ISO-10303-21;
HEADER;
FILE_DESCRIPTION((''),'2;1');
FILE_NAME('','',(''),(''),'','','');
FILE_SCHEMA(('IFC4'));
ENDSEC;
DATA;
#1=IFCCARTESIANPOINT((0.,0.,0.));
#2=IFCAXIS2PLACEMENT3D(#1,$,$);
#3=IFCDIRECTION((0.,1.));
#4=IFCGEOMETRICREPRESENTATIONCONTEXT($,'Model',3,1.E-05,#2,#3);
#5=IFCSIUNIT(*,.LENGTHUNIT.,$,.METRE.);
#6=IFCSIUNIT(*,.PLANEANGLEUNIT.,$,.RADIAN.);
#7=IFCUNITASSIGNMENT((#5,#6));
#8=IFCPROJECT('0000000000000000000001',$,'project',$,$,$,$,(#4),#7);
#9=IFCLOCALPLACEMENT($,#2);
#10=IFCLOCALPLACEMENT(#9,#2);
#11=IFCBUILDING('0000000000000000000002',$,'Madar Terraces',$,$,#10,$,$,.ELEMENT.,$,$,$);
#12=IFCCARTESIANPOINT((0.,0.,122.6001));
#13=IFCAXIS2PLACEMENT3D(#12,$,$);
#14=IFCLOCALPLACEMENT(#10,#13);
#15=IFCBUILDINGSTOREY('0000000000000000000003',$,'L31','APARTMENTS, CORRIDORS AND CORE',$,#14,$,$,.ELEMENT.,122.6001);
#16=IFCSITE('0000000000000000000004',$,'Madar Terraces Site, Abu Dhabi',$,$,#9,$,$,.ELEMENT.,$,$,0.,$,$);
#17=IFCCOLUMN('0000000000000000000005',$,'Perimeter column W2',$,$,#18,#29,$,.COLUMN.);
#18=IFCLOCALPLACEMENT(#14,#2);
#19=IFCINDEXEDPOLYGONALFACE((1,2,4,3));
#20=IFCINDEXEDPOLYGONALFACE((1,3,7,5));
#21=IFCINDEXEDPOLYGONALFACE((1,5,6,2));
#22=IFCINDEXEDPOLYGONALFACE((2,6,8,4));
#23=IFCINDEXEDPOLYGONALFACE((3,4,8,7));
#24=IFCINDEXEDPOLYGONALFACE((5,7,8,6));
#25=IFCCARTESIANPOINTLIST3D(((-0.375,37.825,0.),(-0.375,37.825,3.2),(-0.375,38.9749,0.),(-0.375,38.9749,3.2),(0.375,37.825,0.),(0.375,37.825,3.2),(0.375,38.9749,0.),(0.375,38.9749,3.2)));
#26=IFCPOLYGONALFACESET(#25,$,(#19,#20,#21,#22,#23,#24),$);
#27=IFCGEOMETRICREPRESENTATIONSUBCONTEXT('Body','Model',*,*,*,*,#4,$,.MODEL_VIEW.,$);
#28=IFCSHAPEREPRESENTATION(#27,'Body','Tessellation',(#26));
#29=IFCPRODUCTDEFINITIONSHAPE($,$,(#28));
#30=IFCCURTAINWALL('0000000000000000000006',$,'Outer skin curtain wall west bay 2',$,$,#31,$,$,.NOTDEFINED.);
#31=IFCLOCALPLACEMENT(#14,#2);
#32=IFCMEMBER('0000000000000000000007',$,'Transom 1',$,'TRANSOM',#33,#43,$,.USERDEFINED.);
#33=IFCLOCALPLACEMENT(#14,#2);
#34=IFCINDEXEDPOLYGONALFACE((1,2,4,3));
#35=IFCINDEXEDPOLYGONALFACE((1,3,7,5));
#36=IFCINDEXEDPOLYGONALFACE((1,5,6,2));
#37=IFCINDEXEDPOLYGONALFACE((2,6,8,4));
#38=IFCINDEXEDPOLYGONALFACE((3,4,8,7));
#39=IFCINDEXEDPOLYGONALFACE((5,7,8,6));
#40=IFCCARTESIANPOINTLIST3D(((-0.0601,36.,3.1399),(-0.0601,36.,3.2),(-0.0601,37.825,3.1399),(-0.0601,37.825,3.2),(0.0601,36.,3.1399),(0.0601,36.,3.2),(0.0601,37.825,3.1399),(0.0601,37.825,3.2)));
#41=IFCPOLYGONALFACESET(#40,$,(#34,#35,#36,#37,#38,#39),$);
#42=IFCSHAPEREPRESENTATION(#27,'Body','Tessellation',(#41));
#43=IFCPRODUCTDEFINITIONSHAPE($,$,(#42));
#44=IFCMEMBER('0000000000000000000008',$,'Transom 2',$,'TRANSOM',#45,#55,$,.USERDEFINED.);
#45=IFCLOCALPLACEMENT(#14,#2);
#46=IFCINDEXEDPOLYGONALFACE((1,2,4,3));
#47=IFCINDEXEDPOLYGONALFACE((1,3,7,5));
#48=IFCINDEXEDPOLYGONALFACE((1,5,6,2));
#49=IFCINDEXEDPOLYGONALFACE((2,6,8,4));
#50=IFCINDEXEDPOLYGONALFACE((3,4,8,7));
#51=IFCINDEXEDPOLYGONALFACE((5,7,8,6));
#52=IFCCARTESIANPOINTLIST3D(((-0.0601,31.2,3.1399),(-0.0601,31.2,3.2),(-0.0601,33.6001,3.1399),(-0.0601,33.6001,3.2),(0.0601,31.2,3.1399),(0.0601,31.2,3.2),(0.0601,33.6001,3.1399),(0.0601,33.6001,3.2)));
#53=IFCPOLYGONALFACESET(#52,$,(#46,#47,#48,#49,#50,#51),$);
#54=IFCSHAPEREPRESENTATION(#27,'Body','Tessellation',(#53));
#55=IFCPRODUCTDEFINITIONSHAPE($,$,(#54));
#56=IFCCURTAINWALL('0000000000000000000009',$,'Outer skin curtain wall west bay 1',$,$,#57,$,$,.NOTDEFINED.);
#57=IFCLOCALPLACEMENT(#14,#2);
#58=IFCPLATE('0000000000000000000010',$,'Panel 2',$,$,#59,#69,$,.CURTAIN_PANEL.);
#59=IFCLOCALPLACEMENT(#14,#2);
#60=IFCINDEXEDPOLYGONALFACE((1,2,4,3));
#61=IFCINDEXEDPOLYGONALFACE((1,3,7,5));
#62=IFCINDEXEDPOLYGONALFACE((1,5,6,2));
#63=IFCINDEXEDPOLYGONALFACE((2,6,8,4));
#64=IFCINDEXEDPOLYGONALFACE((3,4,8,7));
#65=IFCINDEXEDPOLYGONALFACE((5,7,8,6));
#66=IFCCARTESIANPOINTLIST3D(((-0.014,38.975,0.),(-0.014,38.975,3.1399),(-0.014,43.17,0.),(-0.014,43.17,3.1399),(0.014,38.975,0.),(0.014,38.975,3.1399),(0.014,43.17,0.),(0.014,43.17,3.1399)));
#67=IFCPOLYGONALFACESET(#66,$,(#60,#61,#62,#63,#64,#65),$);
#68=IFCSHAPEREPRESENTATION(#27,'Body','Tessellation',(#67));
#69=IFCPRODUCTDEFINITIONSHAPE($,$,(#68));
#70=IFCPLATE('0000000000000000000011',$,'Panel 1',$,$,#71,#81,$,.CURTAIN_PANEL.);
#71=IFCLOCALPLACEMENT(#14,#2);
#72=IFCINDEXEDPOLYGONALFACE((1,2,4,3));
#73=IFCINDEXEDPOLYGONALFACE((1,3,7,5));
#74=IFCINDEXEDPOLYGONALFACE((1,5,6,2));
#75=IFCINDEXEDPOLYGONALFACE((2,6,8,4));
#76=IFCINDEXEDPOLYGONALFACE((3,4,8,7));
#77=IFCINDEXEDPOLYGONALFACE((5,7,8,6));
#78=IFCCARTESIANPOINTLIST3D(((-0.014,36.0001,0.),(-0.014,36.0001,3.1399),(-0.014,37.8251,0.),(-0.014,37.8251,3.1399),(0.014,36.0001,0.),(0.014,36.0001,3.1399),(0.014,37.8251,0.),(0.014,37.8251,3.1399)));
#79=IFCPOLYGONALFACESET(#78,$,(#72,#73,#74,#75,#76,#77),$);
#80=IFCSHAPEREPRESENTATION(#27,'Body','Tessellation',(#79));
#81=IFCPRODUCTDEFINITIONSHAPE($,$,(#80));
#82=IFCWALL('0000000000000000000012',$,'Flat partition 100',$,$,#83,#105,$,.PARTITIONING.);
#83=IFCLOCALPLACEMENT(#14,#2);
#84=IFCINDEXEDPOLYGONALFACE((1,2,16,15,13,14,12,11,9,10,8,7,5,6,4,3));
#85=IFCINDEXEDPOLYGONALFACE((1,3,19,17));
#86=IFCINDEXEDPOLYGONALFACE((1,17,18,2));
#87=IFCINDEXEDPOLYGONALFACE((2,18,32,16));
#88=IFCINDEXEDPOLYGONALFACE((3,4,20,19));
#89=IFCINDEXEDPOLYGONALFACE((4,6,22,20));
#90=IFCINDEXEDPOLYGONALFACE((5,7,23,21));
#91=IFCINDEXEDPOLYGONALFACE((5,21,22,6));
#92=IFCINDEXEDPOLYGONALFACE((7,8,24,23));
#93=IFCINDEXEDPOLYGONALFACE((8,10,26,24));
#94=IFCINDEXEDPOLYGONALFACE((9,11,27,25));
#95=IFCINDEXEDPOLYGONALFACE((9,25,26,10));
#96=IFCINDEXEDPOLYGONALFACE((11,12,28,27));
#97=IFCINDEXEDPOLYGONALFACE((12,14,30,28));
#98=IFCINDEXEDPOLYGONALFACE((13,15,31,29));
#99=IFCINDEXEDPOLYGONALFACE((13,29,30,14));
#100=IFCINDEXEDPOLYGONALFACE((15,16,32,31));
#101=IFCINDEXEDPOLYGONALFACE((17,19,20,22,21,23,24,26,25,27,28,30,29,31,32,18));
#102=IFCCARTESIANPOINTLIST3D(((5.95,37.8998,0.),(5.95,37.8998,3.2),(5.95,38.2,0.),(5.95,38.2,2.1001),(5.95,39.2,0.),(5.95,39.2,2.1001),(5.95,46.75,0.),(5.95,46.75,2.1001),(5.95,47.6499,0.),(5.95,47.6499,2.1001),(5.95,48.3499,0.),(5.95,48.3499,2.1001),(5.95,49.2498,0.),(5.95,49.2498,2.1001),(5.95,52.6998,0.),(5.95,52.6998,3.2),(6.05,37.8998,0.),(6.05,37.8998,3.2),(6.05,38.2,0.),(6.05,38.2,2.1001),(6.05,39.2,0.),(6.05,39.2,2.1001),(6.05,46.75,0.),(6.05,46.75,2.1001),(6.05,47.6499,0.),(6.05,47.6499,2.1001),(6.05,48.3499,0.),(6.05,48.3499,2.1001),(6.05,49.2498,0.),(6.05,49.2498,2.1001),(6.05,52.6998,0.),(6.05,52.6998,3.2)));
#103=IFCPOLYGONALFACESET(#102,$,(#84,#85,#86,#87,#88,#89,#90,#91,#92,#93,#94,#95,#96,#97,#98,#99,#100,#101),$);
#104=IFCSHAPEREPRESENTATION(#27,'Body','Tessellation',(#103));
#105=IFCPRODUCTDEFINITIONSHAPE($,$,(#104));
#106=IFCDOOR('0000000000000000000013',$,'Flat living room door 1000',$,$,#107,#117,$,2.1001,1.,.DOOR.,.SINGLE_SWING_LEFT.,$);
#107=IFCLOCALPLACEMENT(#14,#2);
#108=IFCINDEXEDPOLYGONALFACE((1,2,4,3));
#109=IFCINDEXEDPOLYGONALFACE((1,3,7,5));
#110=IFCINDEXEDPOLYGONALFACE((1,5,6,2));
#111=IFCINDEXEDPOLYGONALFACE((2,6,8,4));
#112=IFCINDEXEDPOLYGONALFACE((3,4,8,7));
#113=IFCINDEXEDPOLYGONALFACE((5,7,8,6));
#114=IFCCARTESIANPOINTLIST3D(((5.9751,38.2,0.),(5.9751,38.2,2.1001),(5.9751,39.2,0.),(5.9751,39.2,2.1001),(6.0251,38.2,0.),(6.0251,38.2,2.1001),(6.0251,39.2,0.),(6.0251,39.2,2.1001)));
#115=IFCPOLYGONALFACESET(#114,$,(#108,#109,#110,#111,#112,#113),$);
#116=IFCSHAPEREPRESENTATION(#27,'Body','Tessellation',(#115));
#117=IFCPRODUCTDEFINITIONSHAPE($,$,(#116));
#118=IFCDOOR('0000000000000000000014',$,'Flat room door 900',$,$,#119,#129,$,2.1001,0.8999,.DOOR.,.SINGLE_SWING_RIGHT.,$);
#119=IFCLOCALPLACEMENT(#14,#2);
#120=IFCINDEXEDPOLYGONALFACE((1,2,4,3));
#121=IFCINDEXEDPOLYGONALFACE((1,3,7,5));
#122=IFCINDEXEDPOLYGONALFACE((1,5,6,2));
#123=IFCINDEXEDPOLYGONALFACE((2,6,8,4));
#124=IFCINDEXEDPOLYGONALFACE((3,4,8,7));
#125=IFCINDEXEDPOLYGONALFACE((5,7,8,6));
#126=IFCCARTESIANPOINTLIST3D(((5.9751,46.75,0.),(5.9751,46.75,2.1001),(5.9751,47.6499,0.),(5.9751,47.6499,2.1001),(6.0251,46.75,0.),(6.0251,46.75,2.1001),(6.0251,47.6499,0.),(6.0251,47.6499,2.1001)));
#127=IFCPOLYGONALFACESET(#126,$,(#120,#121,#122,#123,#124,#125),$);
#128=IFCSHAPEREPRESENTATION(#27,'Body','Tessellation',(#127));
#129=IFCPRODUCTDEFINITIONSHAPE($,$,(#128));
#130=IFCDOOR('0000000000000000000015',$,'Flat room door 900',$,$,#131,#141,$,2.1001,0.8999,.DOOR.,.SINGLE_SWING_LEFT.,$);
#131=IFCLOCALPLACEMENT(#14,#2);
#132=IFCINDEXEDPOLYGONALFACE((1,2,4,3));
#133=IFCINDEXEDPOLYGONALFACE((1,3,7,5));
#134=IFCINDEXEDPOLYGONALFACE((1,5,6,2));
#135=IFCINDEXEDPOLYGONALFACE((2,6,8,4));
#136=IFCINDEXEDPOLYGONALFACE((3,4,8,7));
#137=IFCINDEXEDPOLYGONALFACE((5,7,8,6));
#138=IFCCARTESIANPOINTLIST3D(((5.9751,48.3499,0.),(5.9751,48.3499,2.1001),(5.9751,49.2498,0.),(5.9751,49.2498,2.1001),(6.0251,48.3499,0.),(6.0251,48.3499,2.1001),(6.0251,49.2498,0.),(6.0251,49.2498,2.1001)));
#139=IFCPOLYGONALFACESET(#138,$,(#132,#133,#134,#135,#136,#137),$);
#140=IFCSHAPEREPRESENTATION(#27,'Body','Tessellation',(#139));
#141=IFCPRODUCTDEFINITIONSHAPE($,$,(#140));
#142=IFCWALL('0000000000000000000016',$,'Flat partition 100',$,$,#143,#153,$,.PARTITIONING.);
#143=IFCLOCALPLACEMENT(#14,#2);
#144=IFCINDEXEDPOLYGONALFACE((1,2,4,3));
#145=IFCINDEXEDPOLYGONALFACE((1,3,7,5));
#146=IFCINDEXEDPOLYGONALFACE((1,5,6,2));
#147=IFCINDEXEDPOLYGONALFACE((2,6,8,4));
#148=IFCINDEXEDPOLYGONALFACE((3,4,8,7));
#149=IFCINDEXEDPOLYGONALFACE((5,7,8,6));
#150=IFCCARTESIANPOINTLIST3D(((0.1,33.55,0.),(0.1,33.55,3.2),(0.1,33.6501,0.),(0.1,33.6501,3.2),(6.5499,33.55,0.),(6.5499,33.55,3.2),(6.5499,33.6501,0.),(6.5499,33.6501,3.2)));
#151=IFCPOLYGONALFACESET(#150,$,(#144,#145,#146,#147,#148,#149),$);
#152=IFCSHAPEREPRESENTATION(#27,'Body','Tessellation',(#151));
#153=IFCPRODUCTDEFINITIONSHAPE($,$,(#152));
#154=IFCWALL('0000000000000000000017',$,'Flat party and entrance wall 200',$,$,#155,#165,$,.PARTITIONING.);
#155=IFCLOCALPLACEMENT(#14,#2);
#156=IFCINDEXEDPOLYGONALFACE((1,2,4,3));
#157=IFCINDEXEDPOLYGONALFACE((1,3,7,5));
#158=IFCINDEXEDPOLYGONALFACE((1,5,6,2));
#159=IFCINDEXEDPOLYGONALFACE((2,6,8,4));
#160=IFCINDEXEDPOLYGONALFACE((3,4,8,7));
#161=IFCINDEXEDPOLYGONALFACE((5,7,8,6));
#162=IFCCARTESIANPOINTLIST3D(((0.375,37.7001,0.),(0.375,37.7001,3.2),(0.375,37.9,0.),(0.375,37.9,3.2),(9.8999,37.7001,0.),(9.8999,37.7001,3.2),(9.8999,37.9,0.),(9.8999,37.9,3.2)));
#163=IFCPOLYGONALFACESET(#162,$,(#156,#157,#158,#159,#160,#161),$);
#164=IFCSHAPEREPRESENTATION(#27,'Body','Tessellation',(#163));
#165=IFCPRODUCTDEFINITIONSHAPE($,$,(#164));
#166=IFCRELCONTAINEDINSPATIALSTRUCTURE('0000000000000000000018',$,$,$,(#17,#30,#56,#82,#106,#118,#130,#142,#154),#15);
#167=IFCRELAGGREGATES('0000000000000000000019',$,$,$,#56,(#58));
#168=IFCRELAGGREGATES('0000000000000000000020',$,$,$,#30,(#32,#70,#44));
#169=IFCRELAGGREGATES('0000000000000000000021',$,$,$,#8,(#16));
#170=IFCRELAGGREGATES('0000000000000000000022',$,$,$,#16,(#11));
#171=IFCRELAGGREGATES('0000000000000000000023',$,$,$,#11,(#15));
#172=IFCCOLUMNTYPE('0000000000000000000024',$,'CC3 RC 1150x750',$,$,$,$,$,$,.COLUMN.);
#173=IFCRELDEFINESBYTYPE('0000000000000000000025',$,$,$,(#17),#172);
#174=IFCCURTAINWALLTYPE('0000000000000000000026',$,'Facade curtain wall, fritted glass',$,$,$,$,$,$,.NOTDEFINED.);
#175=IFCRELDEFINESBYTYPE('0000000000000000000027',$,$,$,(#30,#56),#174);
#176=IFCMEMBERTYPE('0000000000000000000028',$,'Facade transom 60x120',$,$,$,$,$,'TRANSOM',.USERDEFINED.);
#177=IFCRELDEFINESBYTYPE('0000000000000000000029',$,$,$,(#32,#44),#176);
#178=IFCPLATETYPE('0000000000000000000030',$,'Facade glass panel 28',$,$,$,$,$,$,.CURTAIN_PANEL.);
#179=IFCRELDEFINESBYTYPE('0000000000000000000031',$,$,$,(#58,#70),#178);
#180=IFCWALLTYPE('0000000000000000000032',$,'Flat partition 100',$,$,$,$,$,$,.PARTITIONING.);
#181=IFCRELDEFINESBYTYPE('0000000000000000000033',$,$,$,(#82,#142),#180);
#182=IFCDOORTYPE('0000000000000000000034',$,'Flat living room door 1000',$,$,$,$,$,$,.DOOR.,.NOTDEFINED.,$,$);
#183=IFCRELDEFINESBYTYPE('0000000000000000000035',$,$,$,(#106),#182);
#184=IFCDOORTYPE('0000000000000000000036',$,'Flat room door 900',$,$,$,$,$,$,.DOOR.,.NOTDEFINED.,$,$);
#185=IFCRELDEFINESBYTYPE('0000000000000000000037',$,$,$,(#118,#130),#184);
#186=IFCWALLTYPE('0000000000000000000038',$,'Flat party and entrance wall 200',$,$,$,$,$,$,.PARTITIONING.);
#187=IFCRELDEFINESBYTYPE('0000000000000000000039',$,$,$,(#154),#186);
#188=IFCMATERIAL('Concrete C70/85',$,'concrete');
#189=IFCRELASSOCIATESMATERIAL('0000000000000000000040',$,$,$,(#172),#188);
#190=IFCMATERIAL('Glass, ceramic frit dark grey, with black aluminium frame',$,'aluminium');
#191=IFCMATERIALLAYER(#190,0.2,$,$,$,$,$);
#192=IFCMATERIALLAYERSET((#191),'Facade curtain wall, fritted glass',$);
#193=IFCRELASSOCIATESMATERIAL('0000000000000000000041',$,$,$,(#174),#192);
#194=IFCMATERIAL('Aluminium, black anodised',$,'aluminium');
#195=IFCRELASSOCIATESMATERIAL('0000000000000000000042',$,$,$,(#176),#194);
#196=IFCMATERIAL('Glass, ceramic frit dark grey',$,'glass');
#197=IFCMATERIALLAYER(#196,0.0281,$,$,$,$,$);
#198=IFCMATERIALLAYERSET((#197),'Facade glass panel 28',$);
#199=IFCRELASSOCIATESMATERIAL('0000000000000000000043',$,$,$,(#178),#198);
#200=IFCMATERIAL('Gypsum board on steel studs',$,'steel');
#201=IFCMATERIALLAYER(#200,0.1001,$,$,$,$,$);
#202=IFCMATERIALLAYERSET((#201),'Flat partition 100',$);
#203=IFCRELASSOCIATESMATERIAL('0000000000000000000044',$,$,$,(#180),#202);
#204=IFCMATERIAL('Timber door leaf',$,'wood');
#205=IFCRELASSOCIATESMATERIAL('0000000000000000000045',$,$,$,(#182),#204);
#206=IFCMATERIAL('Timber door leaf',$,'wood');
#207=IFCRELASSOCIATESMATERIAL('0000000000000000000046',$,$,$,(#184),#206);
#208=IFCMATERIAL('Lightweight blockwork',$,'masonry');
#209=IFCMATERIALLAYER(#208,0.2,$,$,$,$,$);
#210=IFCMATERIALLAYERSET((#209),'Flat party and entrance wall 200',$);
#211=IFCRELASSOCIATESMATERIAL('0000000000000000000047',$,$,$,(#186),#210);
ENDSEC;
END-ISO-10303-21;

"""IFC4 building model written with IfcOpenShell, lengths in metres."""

from ifc_helpers import new_model, si_unit, direction, frame, frame_2d, origin, origin_2d, place, context, subcontext, project, spatial, rectangle, extrude, material, layer, layer_set, material_profile, profile_set, type_object, element, fill, aggregate, save


model = new_model("IFC4")

# Units and contexts
model_context = context("Model", 3, precision=1e-05, world=origin(), true_north=direction((0.0, 1.0)))
body_context = subcontext(model_context, "Body", "Model", "MODEL_VIEW")
ifc_project = project(units=[si_unit("LENGTHUNIT", "METRE"), si_unit("PLANEANGLEUNIT", "RADIAN")], contexts=[model_context])

# Site, building, storey
site_placement = place(None, origin())
site = spatial("IfcSite", under=ifc_project, at=site_placement, Name="Madar Terraces Site, Abu Dhabi", CompositionType="ELEMENT", RefElevation=0.0)
building_placement = place(site_placement, origin())
building = spatial("IfcBuilding", under=site, at=building_placement, Name="Madar Terraces", CompositionType="ELEMENT")
storey_placement = place(building_placement, frame((0.0, 0.0, 122.6001)))
storey = spatial("IfcBuildingStorey", under=building, at=storey_placement, Name="L31", Description="APARTMENTS, CORRIDORS AND CORE", CompositionType="ELEMENT", Elevation=122.6001)

# Column
ifc_material_1 = material(Name="Concrete C70/85", Category="concrete")
ifc_material_profile_1 = material_profile(ifc_material_1, rectangle(XDim=1.1499, YDim=0.75, at=origin_2d()), Name="CC3 RC 1150x750")
ifc_profile_set_1 = profile_set([ifc_material_profile_1], Name="Concrete C70/85")
column_type = type_object("IfcColumnType", Name="CC3 RC 1150x750", PredefinedType="COLUMN", material=ifc_profile_set_1)
column_placement = place(storey_placement, frame((0.0, 38.3999, 0.0), z_axis=(0.0, 0.0, 1.0), x_axis=(0.0, 1.0, 0.0)))
element("IfcColumn", 1, at=column_placement, inside=storey, type_object=column_type, Name="Perimeter column W2", PredefinedType="COLUMN", context=body_context, shape_type="SweptSolid", body=[
    extrude(rectangle(XDim=1.1499, YDim=0.75, at=origin_2d()), origin(), (0.0, 0.0, 1.0), 3.2),
])

# Curtain wall, members
ifc_material_2 = material(Name="Glass, ceramic frit dark grey, with black aluminium frame", Category="aluminium")
ifc_layer_1 = layer(ifc_material_2, 0.2)
ifc_layer_set_1 = layer_set([ifc_layer_1], Name="Facade curtain wall, fritted glass")
curtain_wall_type = type_object("IfcCurtainWallType", Name="Facade curtain wall, fritted glass", PredefinedType="NOTDEFINED", material=ifc_layer_set_1)
curtain_wall_1_placement = place(storey_placement, origin())
curtain_wall_1 = element("IfcCurtainWall", 2, at=curtain_wall_1_placement, inside=storey, type_object=curtain_wall_type, Name="Outer skin curtain wall west bay 2", PredefinedType="NOTDEFINED")
ifc_material_3 = material(Name="Aluminium, black anodised", Category="aluminium")
ifc_material_profile_2 = material_profile(ifc_material_3, rectangle(XDim=0.1201, YDim=0.0601, at=origin_2d()), Name="Facade transom 60x120")
ifc_profile_set_2 = profile_set([ifc_material_profile_2], Name="Aluminium, black anodised")
member_type = type_object("IfcMemberType", Name="Facade transom 60x120", ElementType="TRANSOM", PredefinedType="USERDEFINED", material=ifc_profile_set_2)
member_1_placement = place(storey_placement, frame((0.0, 37.825, 3.1699), z_axis=(0.0, -1.0, 0.0), x_axis=(1.0, 0.0, 0.0)))
member_1 = element("IfcMember", 3, at=member_1_placement, type_object=member_type, Name="Transom 1", ObjectType="TRANSOM", PredefinedType="USERDEFINED", context=body_context, shape_type="SweptSolid", body=[
    extrude(rectangle(XDim=0.1201, YDim=0.0601, at=origin_2d()), origin(), (0.0, 0.0, 1.0), 1.825),
])
member_2_placement = place(storey_placement, frame((0.0, 33.6001, 3.1699), z_axis=(0.0, -1.0, 0.0), x_axis=(1.0, 0.0, 0.0)))
member_2 = element("IfcMember", 4, at=member_2_placement, type_object=member_type, Name="Transom 2", ObjectType="TRANSOM", PredefinedType="USERDEFINED", context=body_context, shape_type="SweptSolid", body=[
    extrude(rectangle(XDim=0.1201, YDim=0.0601, at=origin_2d()), origin(), (0.0, 0.0, 1.0), 2.4001),
])

# Curtain wall, plate
curtain_wall_2_placement = place(storey_placement, origin())
curtain_wall_2 = element("IfcCurtainWall", 5, at=curtain_wall_2_placement, inside=storey, type_object=curtain_wall_type, Name="Outer skin curtain wall west bay 1", PredefinedType="NOTDEFINED")
ifc_material_4 = material(Name="Glass, ceramic frit dark grey", Category="glass")
ifc_layer_2 = layer(ifc_material_4, 0.0281)
ifc_layer_set_2 = layer_set([ifc_layer_2], Name="Facade glass panel 28")
plate_type = type_object("IfcPlateType", Name="Facade glass panel 28", PredefinedType="CURTAIN_PANEL", material=ifc_layer_set_2)
plate_1_placement = place(storey_placement, frame((0.0, 41.0725, 0.0), z_axis=(0.0, 0.0, 1.0), x_axis=(0.0, -1.0, 0.0)))
plate_1 = element("IfcPlate", 6, at=plate_1_placement, type_object=plate_type, Name="Panel 2", PredefinedType="CURTAIN_PANEL", context=body_context, shape_type="SweptSolid", body=[
    extrude(rectangle(XDim=4.1951, YDim=0.0281, at=origin_2d()), origin(), (0.0, 0.0, 1.0), 3.1399),
])
aggregate(curtain_wall_2, [plate_1])

# Plate
plate_2_placement = place(storey_placement, frame((0.0, 36.9126, 0.0), z_axis=(0.0, 0.0, 1.0), x_axis=(0.0, -1.0, 0.0)))
plate_2 = element("IfcPlate", 7, at=plate_2_placement, type_object=plate_type, Name="Panel 1", PredefinedType="CURTAIN_PANEL", context=body_context, shape_type="SweptSolid", body=[
    extrude(rectangle(XDim=1.825, YDim=0.0281, at=origin_2d()), origin(), (0.0, 0.0, 1.0), 3.1399),
])
aggregate(curtain_wall_1, [member_1, plate_2, member_2])

# Wall, openings, doors
ifc_material_5 = material(Name="Gypsum board on steel studs", Category="steel")
ifc_layer_3 = layer(ifc_material_5, 0.1001)
ifc_layer_set_3 = layer_set([ifc_layer_3], Name="Flat partition 100")
wall_type_1 = type_object("IfcWallType", Name="Flat partition 100", PredefinedType="PARTITIONING", material=ifc_layer_set_3)
wall_1_placement = place(storey_placement, frame((6.0, 37.8999, 0.0), z_axis=(0.0, 0.0, 1.0), x_axis=(0.0, 1.0, 0.0)))
wall_1 = element("IfcWall", 8, at=wall_1_placement, inside=storey, type_object=wall_type_1, Name="Flat partition 100", PredefinedType="PARTITIONING", context=body_context, shape_type="SweptSolid", body=[
    extrude(rectangle(XDim=14.8, YDim=0.1001, at=frame_2d((7.3999, 0.0))), origin(), (0.0, 0.0, 1.0), 3.2),
])
opening_1_placement = place(wall_1_placement, frame((0.3, 0.0, 0.0)))
opening_1 = element("IfcOpeningElement", 9, at=opening_1_placement, cuts=wall_1, PredefinedType="OPENING", context=body_context, shape_type="SweptSolid", body=[
    extrude(rectangle(XDim=1.0, YDim=2.1001, at=frame_2d((0.5, 1.05))), frame((0.0, 0.0601, 0.0), z_axis=(0.0, -1.0, 0.0), x_axis=(1.0, 0.0, 0.0)), (0.0, 0.0, 1.0), 0.1201),
])
opening_2_placement = place(wall_1_placement, frame((8.8501, 0.0, 0.0)))
opening_2 = element("IfcOpeningElement", 10, at=opening_2_placement, cuts=wall_1, PredefinedType="OPENING", context=body_context, shape_type="SweptSolid", body=[
    extrude(rectangle(XDim=0.8999, YDim=2.1001, at=frame_2d((0.45, 1.05))), frame((0.0, 0.0601, 0.0), z_axis=(0.0, -1.0, 0.0), x_axis=(1.0, 0.0, 0.0)), (0.0, 0.0, 1.0), 0.1201),
])
opening_3_placement = place(wall_1_placement, frame((10.45, 0.0, 0.0)))
opening_3 = element("IfcOpeningElement", 11, at=opening_3_placement, cuts=wall_1, PredefinedType="OPENING", context=body_context, shape_type="SweptSolid", body=[
    extrude(rectangle(XDim=0.8999, YDim=2.1001, at=frame_2d((0.45, 1.05))), frame((0.0, 0.0601, 0.0), z_axis=(0.0, -1.0, 0.0), x_axis=(1.0, 0.0, 0.0)), (0.0, 0.0, 1.0), 0.1201),
])
ifc_material_6 = material(Name="Timber door leaf", Category="wood")
door_type_1 = type_object("IfcDoorType", Name="Flat living room door 1000", OperationType="NOTDEFINED", PredefinedType="DOOR", material=ifc_material_6)
door_1_placement = place(opening_1_placement, origin())
door_1 = element("IfcDoor", 12, at=door_1_placement, inside=storey, type_object=door_type_1, Name="Flat living room door 1000", OperationType="SINGLE_SWING_LEFT", OverallHeight=2.1001, OverallWidth=1.0, PredefinedType="DOOR", context=body_context, shape_type="SweptSolid", body=[
    extrude(rectangle(XDim=1.0, YDim=2.1001, at=frame_2d((0.5, 1.05))), frame((0.0, 0.0249, 0.0), z_axis=(0.0, -1.0, 0.0), x_axis=(1.0, 0.0, 0.0)), (0.0, 0.0, 1.0), 0.05),
])
fill(opening_1, door_1)
ifc_material_7 = material(Name="Timber door leaf", Category="wood")
door_type_2 = type_object("IfcDoorType", Name="Flat room door 900", OperationType="NOTDEFINED", PredefinedType="DOOR", material=ifc_material_7)
door_2_placement = place(opening_2_placement, origin())
door_2 = element("IfcDoor", 13, at=door_2_placement, inside=storey, type_object=door_type_2, Name="Flat room door 900", OperationType="SINGLE_SWING_RIGHT", OverallHeight=2.1001, OverallWidth=0.8999, PredefinedType="DOOR", context=body_context, shape_type="SweptSolid", body=[
    extrude(rectangle(XDim=0.8999, YDim=2.1001, at=frame_2d((0.45, 1.05))), frame((0.0, 0.0249, 0.0), z_axis=(0.0, -1.0, 0.0), x_axis=(1.0, 0.0, 0.0)), (0.0, 0.0, 1.0), 0.05),
])
fill(opening_2, door_2)
door_3_placement = place(opening_3_placement, origin())
door_3 = element("IfcDoor", 14, at=door_3_placement, inside=storey, type_object=door_type_2, Name="Flat room door 900", OperationType="SINGLE_SWING_LEFT", OverallHeight=2.1001, OverallWidth=0.8999, PredefinedType="DOOR", context=body_context, shape_type="SweptSolid", body=[
    extrude(rectangle(XDim=0.8999, YDim=2.1001, at=frame_2d((0.45, 1.05))), frame((0.0, 0.0249, 0.0), z_axis=(0.0, -1.0, 0.0), x_axis=(1.0, 0.0, 0.0)), (0.0, 0.0, 1.0), 0.05),
])
fill(opening_3, door_3)

# Walls
wall_2_placement = place(storey_placement, frame((6.55, 33.6001, 0.0), z_axis=(0.0, 0.0, 1.0), x_axis=(-1.0, 0.0, 0.0)))
element("IfcWall", 15, at=wall_2_placement, inside=storey, type_object=wall_type_1, Name="Flat partition 100", PredefinedType="PARTITIONING", context=body_context, shape_type="SweptSolid", body=[
    extrude(rectangle(XDim=6.45, YDim=0.1001, at=frame_2d((3.2251, 0.0))), origin(), (0.0, 0.0, 1.0), 3.2),
])
ifc_material_8 = material(Name="Lightweight blockwork", Category="masonry")
ifc_layer_4 = layer(ifc_material_8, 0.2)
ifc_layer_set_4 = layer_set([ifc_layer_4], Name="Flat party and entrance wall 200")
wall_type_2 = type_object("IfcWallType", Name="Flat party and entrance wall 200", PredefinedType="PARTITIONING", material=ifc_layer_set_4)
wall_3_placement = place(storey_placement, frame((0.375, 37.8, 0.0), z_axis=(0.0, 0.0, 1.0), x_axis=(1.0, 0.0, 0.0)))
element("IfcWall", 16, at=wall_3_placement, inside=storey, type_object=wall_type_2, Name="Flat party and entrance wall 200", PredefinedType="PARTITIONING", context=body_context, shape_type="SweptSolid", body=[
    extrude(rectangle(XDim=9.5249, YDim=0.2, at=frame_2d((4.7625, 0.0))), origin(), (0.0, 0.0, 1.0), 3.2),
])

save(model, "model.ifc")
